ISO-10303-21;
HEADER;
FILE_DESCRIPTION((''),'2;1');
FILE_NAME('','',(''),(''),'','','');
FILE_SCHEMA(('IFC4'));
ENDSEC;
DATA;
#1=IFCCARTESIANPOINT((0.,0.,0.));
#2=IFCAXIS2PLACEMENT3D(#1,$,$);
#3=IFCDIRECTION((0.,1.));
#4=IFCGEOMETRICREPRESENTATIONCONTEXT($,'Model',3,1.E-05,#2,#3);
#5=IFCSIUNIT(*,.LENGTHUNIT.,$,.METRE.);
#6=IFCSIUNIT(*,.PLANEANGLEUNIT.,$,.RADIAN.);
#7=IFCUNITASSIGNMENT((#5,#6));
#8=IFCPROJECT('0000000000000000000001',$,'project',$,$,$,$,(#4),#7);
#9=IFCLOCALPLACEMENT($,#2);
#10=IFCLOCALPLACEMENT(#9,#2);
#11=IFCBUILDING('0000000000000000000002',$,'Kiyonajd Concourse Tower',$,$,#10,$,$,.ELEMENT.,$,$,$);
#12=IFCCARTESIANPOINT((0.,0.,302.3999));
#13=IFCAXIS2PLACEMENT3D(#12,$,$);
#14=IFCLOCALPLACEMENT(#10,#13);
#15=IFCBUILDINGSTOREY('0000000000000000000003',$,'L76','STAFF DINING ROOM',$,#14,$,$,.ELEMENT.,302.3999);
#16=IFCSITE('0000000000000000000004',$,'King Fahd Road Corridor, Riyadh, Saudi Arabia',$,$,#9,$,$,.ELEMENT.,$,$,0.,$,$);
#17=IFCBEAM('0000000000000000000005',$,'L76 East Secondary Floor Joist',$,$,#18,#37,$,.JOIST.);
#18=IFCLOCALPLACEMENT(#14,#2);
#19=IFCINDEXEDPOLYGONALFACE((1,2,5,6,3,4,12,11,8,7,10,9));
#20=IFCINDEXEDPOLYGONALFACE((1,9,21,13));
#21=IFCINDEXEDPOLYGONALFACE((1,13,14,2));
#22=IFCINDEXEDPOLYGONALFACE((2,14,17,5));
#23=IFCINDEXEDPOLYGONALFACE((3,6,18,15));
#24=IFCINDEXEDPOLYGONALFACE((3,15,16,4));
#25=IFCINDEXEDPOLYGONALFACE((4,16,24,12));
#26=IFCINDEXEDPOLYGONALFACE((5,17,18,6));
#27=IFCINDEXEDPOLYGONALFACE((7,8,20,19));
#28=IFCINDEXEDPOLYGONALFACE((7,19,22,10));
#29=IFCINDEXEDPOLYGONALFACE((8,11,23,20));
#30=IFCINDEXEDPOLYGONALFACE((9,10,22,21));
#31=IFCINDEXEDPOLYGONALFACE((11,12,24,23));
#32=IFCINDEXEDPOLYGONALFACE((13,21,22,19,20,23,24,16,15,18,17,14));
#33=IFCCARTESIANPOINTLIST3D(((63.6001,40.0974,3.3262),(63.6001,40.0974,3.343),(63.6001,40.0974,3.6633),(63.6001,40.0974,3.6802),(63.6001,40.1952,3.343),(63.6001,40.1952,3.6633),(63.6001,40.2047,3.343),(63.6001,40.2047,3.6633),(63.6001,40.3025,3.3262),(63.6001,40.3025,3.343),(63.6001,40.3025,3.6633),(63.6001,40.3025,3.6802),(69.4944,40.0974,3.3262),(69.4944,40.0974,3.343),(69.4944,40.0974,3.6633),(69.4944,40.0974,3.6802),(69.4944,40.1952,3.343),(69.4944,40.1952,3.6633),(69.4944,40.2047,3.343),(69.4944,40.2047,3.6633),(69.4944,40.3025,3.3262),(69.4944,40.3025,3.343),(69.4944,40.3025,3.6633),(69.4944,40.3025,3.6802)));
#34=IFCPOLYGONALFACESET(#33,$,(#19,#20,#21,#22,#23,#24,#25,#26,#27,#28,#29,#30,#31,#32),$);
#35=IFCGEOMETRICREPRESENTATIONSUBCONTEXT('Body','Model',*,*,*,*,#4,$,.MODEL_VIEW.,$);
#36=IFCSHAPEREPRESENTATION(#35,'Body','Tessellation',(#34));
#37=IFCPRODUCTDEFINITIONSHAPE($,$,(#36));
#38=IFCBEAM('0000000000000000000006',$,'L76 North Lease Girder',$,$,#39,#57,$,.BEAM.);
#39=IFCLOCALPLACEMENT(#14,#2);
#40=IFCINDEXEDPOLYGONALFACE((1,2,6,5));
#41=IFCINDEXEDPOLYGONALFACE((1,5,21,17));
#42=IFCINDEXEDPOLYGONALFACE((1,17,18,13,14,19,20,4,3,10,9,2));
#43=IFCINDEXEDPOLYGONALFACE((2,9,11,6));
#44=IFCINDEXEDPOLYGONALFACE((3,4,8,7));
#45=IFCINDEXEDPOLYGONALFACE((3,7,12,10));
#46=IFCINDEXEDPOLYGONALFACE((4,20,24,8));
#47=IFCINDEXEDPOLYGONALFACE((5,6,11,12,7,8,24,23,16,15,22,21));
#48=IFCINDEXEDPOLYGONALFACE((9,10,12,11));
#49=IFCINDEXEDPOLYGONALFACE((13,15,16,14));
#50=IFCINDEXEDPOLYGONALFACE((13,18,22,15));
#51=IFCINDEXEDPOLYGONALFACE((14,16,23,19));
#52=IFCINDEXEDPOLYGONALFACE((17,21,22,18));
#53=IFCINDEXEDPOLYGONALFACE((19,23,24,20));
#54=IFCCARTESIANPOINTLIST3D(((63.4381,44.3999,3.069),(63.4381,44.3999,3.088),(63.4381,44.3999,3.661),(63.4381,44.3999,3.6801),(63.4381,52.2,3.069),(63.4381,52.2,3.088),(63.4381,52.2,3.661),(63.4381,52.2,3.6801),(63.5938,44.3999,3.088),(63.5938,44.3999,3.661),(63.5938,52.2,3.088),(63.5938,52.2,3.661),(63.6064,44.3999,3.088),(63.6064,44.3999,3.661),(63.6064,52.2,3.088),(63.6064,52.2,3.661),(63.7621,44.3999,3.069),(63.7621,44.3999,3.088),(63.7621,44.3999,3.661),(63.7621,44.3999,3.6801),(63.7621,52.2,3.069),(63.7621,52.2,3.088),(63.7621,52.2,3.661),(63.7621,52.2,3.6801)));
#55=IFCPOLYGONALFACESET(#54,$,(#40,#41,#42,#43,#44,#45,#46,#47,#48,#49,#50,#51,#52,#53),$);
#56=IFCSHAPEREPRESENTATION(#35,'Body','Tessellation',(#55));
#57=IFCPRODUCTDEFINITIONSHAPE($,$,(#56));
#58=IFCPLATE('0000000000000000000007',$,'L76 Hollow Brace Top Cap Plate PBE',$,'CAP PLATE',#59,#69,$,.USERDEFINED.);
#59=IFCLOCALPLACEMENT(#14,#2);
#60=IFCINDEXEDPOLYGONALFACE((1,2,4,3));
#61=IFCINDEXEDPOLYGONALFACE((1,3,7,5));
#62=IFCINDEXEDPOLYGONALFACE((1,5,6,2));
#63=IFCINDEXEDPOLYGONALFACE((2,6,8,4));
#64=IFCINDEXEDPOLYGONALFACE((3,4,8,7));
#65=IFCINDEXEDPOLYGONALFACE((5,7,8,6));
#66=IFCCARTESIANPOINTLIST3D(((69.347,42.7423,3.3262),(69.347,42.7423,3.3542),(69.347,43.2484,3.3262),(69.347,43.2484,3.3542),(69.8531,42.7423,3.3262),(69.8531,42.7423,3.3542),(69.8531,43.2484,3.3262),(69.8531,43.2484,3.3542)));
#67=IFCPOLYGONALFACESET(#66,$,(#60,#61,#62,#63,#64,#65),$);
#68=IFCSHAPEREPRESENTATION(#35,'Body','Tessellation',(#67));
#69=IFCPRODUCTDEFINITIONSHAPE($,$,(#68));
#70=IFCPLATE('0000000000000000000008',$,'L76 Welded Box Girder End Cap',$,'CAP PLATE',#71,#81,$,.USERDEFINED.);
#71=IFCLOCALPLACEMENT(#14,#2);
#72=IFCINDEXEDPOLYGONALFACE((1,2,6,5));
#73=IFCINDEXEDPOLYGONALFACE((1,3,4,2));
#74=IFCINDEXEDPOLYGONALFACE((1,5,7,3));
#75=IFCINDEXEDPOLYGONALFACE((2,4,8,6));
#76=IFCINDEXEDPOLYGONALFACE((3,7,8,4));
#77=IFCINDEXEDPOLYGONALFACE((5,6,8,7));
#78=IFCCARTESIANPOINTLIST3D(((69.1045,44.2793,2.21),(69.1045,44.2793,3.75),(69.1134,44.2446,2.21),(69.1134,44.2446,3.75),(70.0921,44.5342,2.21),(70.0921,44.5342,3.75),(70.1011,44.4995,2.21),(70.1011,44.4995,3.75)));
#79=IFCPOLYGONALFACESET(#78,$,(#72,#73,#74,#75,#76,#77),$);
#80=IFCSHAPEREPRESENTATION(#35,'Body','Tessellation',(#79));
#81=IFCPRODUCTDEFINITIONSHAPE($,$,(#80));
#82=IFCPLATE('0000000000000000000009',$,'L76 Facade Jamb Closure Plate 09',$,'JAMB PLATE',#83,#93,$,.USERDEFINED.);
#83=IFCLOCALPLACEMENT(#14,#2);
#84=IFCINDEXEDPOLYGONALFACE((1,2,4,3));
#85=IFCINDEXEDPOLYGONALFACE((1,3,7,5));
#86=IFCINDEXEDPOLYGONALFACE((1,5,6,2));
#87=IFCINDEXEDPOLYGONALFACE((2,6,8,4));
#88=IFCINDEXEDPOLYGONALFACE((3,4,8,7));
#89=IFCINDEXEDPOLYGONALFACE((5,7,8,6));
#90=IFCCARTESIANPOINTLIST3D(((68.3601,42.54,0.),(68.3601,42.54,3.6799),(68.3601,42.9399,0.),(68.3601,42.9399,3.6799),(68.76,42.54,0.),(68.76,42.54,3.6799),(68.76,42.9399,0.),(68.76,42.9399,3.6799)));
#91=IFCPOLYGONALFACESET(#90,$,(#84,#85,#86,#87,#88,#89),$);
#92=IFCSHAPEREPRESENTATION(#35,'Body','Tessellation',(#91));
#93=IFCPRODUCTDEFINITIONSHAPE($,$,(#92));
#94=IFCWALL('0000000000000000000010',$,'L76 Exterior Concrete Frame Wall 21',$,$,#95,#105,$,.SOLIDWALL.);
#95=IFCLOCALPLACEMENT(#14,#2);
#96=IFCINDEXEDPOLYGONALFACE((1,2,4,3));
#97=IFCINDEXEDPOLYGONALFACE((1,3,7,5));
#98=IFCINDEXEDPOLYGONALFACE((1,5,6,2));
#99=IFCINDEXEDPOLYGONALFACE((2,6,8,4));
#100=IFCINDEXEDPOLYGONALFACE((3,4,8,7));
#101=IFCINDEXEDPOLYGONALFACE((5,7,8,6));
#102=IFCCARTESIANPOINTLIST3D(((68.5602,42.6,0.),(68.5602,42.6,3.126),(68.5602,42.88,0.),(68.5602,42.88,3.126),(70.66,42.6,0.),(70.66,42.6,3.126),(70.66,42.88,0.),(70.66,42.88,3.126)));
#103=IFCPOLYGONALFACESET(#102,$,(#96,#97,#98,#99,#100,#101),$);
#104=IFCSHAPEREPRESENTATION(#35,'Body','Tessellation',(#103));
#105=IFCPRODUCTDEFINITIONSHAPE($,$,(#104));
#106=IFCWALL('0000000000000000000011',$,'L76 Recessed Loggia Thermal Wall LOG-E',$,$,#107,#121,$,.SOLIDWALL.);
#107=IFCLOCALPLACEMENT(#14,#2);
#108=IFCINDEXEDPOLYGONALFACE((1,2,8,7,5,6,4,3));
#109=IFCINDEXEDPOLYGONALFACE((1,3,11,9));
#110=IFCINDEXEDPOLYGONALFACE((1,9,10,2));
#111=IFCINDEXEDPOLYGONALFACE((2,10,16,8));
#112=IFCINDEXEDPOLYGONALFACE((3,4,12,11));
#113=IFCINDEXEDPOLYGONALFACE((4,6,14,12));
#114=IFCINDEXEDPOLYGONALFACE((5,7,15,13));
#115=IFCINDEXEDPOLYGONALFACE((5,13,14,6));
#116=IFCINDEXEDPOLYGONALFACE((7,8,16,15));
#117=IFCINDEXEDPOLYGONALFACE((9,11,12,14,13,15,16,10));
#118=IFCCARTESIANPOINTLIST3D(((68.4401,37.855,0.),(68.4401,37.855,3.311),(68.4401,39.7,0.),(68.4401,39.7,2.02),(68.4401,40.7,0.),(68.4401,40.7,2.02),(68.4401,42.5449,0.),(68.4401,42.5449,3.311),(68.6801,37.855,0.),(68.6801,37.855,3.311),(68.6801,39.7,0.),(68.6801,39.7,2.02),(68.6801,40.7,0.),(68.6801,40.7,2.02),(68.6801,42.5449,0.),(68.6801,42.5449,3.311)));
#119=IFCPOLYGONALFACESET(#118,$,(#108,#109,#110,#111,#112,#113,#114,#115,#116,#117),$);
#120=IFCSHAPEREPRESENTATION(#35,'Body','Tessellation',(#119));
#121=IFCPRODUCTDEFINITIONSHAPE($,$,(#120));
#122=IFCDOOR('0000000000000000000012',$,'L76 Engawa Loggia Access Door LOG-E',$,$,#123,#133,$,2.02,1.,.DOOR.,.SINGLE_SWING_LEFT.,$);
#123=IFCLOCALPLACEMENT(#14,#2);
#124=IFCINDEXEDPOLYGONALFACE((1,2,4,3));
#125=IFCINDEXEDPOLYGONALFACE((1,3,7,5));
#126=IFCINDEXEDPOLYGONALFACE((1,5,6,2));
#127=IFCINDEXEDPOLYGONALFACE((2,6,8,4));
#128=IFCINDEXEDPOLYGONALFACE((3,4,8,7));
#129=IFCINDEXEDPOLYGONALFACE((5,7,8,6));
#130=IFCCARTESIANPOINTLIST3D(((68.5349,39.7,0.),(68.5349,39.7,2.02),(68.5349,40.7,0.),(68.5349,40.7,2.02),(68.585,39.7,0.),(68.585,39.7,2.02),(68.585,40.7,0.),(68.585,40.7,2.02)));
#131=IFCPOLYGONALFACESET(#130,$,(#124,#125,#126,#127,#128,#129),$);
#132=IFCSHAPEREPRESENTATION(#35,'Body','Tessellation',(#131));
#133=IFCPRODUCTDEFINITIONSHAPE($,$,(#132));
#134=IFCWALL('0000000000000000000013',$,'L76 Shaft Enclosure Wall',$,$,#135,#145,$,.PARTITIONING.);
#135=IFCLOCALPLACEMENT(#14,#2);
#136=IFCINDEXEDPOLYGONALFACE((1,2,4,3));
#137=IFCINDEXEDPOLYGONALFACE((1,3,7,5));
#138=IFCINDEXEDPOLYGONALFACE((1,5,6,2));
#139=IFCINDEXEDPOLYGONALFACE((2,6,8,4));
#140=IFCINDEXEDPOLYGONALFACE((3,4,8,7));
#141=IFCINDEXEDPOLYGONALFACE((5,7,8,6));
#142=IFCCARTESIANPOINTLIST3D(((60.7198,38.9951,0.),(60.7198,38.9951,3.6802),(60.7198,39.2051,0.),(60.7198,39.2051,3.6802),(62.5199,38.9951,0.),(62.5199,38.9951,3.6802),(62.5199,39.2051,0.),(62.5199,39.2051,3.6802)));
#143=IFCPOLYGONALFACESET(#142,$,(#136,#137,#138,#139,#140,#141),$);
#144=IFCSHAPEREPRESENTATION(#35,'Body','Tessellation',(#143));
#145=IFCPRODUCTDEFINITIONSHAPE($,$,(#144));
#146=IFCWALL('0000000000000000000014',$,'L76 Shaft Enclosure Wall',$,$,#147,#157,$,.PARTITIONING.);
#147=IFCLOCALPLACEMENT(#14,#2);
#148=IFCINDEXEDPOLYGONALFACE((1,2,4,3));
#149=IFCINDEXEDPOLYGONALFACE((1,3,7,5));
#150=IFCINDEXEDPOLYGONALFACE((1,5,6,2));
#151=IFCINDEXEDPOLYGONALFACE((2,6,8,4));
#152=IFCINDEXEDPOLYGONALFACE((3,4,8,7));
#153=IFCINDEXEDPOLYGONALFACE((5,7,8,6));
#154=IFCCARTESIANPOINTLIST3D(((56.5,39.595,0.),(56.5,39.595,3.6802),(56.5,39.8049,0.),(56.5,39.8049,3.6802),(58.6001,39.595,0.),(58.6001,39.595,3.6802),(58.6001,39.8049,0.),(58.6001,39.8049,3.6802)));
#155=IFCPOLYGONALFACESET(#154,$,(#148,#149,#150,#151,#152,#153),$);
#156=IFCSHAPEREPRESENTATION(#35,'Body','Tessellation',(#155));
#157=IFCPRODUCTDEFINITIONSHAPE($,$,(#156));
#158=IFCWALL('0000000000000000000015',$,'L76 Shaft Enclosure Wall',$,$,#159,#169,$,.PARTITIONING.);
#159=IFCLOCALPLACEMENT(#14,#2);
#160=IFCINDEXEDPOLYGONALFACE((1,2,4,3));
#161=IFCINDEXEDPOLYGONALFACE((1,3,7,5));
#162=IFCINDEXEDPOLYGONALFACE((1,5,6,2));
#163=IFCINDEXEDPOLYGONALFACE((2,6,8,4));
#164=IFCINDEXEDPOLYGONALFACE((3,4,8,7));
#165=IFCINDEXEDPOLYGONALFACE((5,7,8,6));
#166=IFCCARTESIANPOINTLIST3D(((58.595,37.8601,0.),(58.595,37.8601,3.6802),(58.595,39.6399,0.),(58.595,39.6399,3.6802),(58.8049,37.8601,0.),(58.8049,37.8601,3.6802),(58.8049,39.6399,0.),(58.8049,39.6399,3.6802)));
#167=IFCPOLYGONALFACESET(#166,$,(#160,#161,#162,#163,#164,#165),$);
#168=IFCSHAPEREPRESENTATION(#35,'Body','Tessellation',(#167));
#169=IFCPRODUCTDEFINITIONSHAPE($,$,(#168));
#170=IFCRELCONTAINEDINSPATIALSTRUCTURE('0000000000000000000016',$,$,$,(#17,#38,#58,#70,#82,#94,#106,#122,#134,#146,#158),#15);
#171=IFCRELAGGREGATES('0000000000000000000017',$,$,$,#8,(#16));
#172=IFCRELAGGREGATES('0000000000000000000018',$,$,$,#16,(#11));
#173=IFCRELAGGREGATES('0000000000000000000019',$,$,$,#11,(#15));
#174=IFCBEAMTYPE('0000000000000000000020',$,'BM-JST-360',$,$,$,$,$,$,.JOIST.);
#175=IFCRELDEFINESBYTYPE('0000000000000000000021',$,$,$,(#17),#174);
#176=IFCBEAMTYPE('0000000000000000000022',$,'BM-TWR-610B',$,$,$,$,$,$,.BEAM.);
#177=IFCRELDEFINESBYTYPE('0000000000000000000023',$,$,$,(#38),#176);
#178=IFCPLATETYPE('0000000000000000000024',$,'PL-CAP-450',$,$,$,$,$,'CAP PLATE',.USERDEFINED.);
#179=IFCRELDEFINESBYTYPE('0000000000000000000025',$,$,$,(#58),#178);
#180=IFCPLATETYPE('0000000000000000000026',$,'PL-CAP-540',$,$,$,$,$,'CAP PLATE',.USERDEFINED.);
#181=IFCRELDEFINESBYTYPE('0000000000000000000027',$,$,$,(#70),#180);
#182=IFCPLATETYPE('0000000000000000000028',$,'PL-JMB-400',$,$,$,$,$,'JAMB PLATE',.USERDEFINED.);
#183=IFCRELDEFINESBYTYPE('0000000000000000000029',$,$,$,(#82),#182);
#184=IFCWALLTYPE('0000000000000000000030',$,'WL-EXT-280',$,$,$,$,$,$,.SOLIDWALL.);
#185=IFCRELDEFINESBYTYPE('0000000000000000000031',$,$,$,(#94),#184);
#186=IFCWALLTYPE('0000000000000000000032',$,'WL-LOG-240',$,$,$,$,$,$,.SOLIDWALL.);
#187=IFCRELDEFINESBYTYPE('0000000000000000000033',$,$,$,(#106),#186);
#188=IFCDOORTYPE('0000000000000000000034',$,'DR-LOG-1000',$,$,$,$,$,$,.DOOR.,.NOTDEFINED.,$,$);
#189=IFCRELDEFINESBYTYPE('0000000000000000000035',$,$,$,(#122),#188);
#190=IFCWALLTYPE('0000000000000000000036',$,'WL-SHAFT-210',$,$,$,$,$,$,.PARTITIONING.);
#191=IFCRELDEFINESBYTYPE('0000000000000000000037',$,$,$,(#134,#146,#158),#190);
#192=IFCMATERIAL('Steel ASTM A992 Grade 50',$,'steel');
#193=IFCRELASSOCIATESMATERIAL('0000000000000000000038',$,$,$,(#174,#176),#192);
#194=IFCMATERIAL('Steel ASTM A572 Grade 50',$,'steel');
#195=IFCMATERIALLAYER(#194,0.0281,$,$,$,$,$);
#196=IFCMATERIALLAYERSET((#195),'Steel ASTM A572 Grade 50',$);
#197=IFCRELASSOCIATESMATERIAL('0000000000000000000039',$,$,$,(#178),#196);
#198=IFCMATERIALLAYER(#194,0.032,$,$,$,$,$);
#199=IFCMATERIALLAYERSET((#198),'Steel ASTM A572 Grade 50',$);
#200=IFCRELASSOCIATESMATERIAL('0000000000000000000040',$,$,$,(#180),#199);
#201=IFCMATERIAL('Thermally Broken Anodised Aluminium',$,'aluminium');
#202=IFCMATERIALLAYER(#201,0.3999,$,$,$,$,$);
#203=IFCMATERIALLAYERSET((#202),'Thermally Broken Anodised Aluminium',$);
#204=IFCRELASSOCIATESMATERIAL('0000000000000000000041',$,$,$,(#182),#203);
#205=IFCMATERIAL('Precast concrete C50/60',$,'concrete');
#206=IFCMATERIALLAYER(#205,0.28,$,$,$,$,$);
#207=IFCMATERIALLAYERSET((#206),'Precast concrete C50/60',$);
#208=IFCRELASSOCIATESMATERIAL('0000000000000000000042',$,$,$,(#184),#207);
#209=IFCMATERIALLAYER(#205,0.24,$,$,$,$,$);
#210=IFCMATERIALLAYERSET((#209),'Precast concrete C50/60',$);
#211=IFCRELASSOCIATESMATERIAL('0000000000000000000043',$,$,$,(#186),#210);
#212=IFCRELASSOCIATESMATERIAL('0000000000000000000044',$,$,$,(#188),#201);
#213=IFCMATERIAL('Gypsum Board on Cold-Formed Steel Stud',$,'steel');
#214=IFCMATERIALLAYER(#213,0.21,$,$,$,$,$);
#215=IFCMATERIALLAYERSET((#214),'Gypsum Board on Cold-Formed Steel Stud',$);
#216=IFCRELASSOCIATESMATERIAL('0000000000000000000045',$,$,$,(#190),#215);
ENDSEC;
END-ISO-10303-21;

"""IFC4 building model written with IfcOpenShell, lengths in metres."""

from ifc_helpers import new_model, si_unit, direction, frame, frame_2d, origin, origin_2d, place, context, subcontext, project, spatial, rectangle, i_section, extrude, material, layer, layer_set, material_profile, profile_set, type_object, element, fill, save


model = new_model("IFC4")

# Units and contexts
model_context = context("Model", 3, precision=1e-05, world=origin(), true_north=direction((0.0, 1.0)))
body_context = subcontext(model_context, "Body", "Model", "MODEL_VIEW")
ifc_project = project(units=[si_unit("LENGTHUNIT", "METRE"), si_unit("PLANEANGLEUNIT", "RADIAN")], contexts=[model_context])

# Site, building, storey
site_placement = place(None, origin())
site = spatial("IfcSite", under=ifc_project, at=site_placement, Name="King Fahd Road Corridor, Riyadh, Saudi Arabia", CompositionType="ELEMENT", RefElevation=0.0)
building_placement = place(site_placement, origin())
building = spatial("IfcBuilding", under=site, at=building_placement, Name="Kiyonajd Concourse Tower", CompositionType="ELEMENT")
storey_placement = place(building_placement, frame((0.0, 0.0, 302.3999)))
storey = spatial("IfcBuildingStorey", under=building, at=storey_placement, Name="L76", Description="STAFF DINING ROOM", CompositionType="ELEMENT", Elevation=302.3999)

# Beams
ifc_material_1 = material(Name="Steel ASTM A992 Grade 50", Category="steel")
ifc_material_profile_1 = material_profile(ifc_material_1, i_section(OverallWidth=0.2051, OverallDepth=0.354, WebThickness=0.0095, FlangeThickness=0.0168, at=origin_2d()), Name="W360X79")
ifc_profile_set_1 = profile_set([ifc_material_profile_1], Name="Steel ASTM A992 Grade 50")
beam_type_1 = type_object("IfcBeamType", Name="BM-JST-360", PredefinedType="JOIST", material=ifc_profile_set_1)
beam_1_placement = place(storey_placement, frame((63.6001, 40.2, 3.5032), z_axis=(1.0, 0.0, 0.0), x_axis=(0.0, 1.0, 0.0)))
element("IfcBeam", 1, at=beam_1_placement, inside=storey, type_object=beam_type_1, Name="L76 East Secondary Floor Joist", PredefinedType="JOIST", context=body_context, shape_type="SweptSolid", body=[
    extrude(i_section(OverallWidth=0.2051, OverallDepth=0.354, WebThickness=0.0095, FlangeThickness=0.0168, at=origin_2d()), origin(), (0.0, 0.0, 1.0), 5.8943),
])
ifc_material_profile_2 = material_profile(ifc_material_1, i_section(OverallWidth=0.324, OverallDepth=0.6111, WebThickness=0.0127, FlangeThickness=0.019, at=origin_2d()), Name="W610X155")
ifc_profile_set_2 = profile_set([ifc_material_profile_2], Name="Steel ASTM A992 Grade 50")
beam_type_2 = type_object("IfcBeamType", Name="BM-TWR-610B", PredefinedType="BEAM", material=ifc_profile_set_2)
beam_2_placement = place(storey_placement, frame((63.6001, 44.3999, 3.3745), z_axis=(0.0, 1.0, 0.0), x_axis=(-1.0, 0.0, 0.0)))
element("IfcBeam", 2, at=beam_2_placement, inside=storey, type_object=beam_type_2, Name="L76 North Lease Girder", PredefinedType="BEAM", context=body_context, shape_type="SweptSolid", body=[
    extrude(i_section(OverallWidth=0.324, OverallDepth=0.6111, WebThickness=0.0127, FlangeThickness=0.019, at=origin_2d()), origin(), (0.0, 0.0, 1.0), 7.8),
])

# Plates
ifc_material_2 = material(Name="Steel ASTM A572 Grade 50", Category="steel")
ifc_layer_1 = layer(ifc_material_2, 0.0281)
ifc_layer_set_1 = layer_set([ifc_layer_1], Name="Steel ASTM A572 Grade 50")
plate_type_1 = type_object("IfcPlateType", Name="PL-CAP-450", ElementType="CAP PLATE", PredefinedType="USERDEFINED", material=ifc_layer_set_1)
plate_1_placement = place(storey_placement, frame((69.6001, 42.9954, 3.3262), z_axis=(0.0, 0.0, 1.0), x_axis=(1.0, 0.0, 0.0)))
element("IfcPlate", 3, at=plate_1_placement, inside=storey, type_object=plate_type_1, Name="L76 Hollow Brace Top Cap Plate PBE", ObjectType="CAP PLATE", PredefinedType="USERDEFINED", context=body_context, shape_type="SweptSolid", body=[
    extrude(rectangle(XDim=0.5061, YDim=0.5061, at=origin_2d()), origin(), (0.0, 0.0, 1.0), 0.0281),
])
ifc_layer_2 = layer(ifc_material_2, 0.032)
ifc_layer_set_2 = layer_set([ifc_layer_2], Name="Steel ASTM A572 Grade 50")
plate_type_2 = type_object("IfcPlateType", Name="PL-CAP-540", ElementType="CAP PLATE", PredefinedType="USERDEFINED", material=ifc_layer_set_2)
plate_2_placement = place(storey_placement, frame((69.6028, 44.3894, 2.21), z_axis=(0.0, 0.0, 1.0), x_axis=(0.249873, -0.968279, 0.0)))
element("IfcPlate", 4, at=plate_2_placement, inside=storey, type_object=plate_type_2, Name="L76 Welded Box Girder End Cap", ObjectType="CAP PLATE", PredefinedType="USERDEFINED", context=body_context, shape_type="SweptSolid", body=[
    extrude(rectangle(XDim=0.0359, YDim=1.02, at=origin_2d()), origin(), (0.0, 0.0, 1.0), 1.54),
])
ifc_material_3 = material(Name="Thermally Broken Anodised Aluminium", Category="aluminium")
ifc_layer_3 = layer(ifc_material_3, 0.3999)
ifc_layer_set_3 = layer_set([ifc_layer_3], Name="Thermally Broken Anodised Aluminium")
plate_type_3 = type_object("IfcPlateType", Name="PL-JMB-400", ElementType="JAMB PLATE", PredefinedType="USERDEFINED", material=ifc_layer_set_3)
plate_3_placement = place(storey_placement, frame((68.5601, 42.74, 0.0), z_axis=(0.0, 0.0, 1.0), x_axis=(1.0, 0.0, 0.0)))
element("IfcPlate", 5, at=plate_3_placement, inside=storey, type_object=plate_type_3, Name="L76 Facade Jamb Closure Plate 09", ObjectType="JAMB PLATE", PredefinedType="USERDEFINED", context=body_context, shape_type="SweptSolid", body=[
    extrude(rectangle(XDim=0.3999, YDim=0.3999, at=origin_2d()), origin(), (0.0, 0.0, 1.0), 3.6799),
])

# Wall
ifc_material_4 = material(Name="Precast concrete C50/60", Category="concrete")
ifc_layer_4 = layer(ifc_material_4, 0.28)
ifc_layer_set_4 = layer_set([ifc_layer_4], Name="Precast concrete C50/60")
wall_type_1 = type_object("IfcWallType", Name="WL-EXT-280", PredefinedType="SOLIDWALL", material=ifc_layer_set_4)
wall_1_placement = place(storey_placement, frame((70.6599, 42.74, 0.0), z_axis=(0.0, 0.0, 1.0), x_axis=(-1.0, 0.0, 0.0)))
element("IfcWall", 6, at=wall_1_placement, inside=storey, type_object=wall_type_1, Name="L76 Exterior Concrete Frame Wall 21", PredefinedType="SOLIDWALL", context=body_context, shape_type="SweptSolid", body=[
    extrude(rectangle(XDim=2.0999, YDim=0.28, at=frame_2d((1.0498, 0.0))), origin(), (0.0, 0.0, 1.0), 3.126),
])

# Wall, opening, door
ifc_layer_5 = layer(ifc_material_4, 0.24)
ifc_layer_set_5 = layer_set([ifc_layer_5], Name="Precast concrete C50/60")
wall_type_2 = type_object("IfcWallType", Name="WL-LOG-240", PredefinedType="SOLIDWALL", material=ifc_layer_set_5)
wall_2_placement = place(storey_placement, frame((68.5601, 42.5449, 0.0), z_axis=(0.0, 0.0, 1.0), x_axis=(0.0, -1.0, 0.0)))
wall_2 = element("IfcWall", 7, at=wall_2_placement, inside=storey, type_object=wall_type_2, Name="L76 Recessed Loggia Thermal Wall LOG-E", PredefinedType="SOLIDWALL", context=body_context, shape_type="SweptSolid", body=[
    extrude(rectangle(XDim=4.6899, YDim=0.24, at=frame_2d((2.345, 0.0))), origin(), (0.0, 0.0, 1.0), 3.311),
])
opening_1_placement = place(wall_2_placement, frame((1.845, 0.0, 0.0)))
opening_1 = element("IfcOpeningElement", 8, at=opening_1_placement, cuts=wall_2, PredefinedType="OPENING", context=body_context, shape_type="SweptSolid", body=[
    extrude(rectangle(XDim=1.0, YDim=2.02, at=frame_2d((0.5, 1.01))), frame((0.0, 0.1299, 0.0), z_axis=(0.0, -1.0, 0.0), x_axis=(1.0, 0.0, 0.0)), (0.0, 0.0, 1.0), 0.26),
])
door_type_1 = type_object("IfcDoorType", Name="DR-LOG-1000", OperationType="NOTDEFINED", PredefinedType="DOOR", material=ifc_material_3)
door_1_placement = place(opening_1_placement, origin())
door_1 = element("IfcDoor", 9, at=door_1_placement, inside=storey, type_object=door_type_1, Name="L76 Engawa Loggia Access Door LOG-E", OperationType="SINGLE_SWING_LEFT", OverallHeight=2.02, OverallWidth=1.0, PredefinedType="DOOR", context=body_context, shape_type="SweptSolid", body=[
    extrude(rectangle(XDim=1.0, YDim=2.02, at=frame_2d((0.5, 1.01))), frame((0.0, 0.0249, 0.0), z_axis=(0.0, -1.0, 0.0), x_axis=(1.0, 0.0, 0.0)), (0.0, 0.0, 1.0), 0.05),
])
fill(opening_1, door_1)

# Walls
ifc_material_5 = material(Name="Gypsum Board on Cold-Formed Steel Stud", Category="steel")
ifc_layer_6 = layer(ifc_material_5, 0.21)
ifc_layer_set_6 = layer_set([ifc_layer_6], Name="Gypsum Board on Cold-Formed Steel Stud")
wall_type_3 = type_object("IfcWallType", Name="WL-SHAFT-210", PredefinedType="PARTITIONING", material=ifc_layer_set_6)
wall_3_placement = place(storey_placement, frame((60.72, 39.1001, 0.0), z_axis=(0.0, 0.0, 1.0), x_axis=(1.0, 0.0, 0.0)))
element("IfcWall", 10, at=wall_3_placement, inside=storey, type_object=wall_type_3, Name="L76 Shaft Enclosure Wall", PredefinedType="PARTITIONING", context=body_context, shape_type="SweptSolid", body=[
    extrude(rectangle(XDim=1.8, YDim=0.21, at=frame_2d((0.8999, 0.0))), origin(), (0.0, 0.0, 1.0), 3.6802),
])
wall_4_placement = place(storey_placement, frame((56.5, 39.7, 0.0), z_axis=(0.0, 0.0, 1.0), x_axis=(1.0, 0.0, 0.0)))
element("IfcWall", 11, at=wall_4_placement, inside=storey, type_object=wall_type_3, Name="L76 Shaft Enclosure Wall", PredefinedType="PARTITIONING", context=body_context, shape_type="SweptSolid", body=[
    extrude(rectangle(XDim=2.1001, YDim=0.21, at=frame_2d((1.05, 0.0))), origin(), (0.0, 0.0, 1.0), 3.6802),
])
wall_5_placement = place(storey_placement, frame((58.7, 37.8601, 0.0), z_axis=(0.0, 0.0, 1.0), x_axis=(0.0, 1.0, 0.0)))
element("IfcWall", 12, at=wall_5_placement, inside=storey, type_object=wall_type_3, Name="L76 Shaft Enclosure Wall", PredefinedType="PARTITIONING", context=body_context, shape_type="SweptSolid", body=[
    extrude(rectangle(XDim=1.7798, YDim=0.21, at=frame_2d((0.8899, 0.0))), origin(), (0.0, 0.0, 1.0), 3.6802),
])

save(model, "model.ifc")
